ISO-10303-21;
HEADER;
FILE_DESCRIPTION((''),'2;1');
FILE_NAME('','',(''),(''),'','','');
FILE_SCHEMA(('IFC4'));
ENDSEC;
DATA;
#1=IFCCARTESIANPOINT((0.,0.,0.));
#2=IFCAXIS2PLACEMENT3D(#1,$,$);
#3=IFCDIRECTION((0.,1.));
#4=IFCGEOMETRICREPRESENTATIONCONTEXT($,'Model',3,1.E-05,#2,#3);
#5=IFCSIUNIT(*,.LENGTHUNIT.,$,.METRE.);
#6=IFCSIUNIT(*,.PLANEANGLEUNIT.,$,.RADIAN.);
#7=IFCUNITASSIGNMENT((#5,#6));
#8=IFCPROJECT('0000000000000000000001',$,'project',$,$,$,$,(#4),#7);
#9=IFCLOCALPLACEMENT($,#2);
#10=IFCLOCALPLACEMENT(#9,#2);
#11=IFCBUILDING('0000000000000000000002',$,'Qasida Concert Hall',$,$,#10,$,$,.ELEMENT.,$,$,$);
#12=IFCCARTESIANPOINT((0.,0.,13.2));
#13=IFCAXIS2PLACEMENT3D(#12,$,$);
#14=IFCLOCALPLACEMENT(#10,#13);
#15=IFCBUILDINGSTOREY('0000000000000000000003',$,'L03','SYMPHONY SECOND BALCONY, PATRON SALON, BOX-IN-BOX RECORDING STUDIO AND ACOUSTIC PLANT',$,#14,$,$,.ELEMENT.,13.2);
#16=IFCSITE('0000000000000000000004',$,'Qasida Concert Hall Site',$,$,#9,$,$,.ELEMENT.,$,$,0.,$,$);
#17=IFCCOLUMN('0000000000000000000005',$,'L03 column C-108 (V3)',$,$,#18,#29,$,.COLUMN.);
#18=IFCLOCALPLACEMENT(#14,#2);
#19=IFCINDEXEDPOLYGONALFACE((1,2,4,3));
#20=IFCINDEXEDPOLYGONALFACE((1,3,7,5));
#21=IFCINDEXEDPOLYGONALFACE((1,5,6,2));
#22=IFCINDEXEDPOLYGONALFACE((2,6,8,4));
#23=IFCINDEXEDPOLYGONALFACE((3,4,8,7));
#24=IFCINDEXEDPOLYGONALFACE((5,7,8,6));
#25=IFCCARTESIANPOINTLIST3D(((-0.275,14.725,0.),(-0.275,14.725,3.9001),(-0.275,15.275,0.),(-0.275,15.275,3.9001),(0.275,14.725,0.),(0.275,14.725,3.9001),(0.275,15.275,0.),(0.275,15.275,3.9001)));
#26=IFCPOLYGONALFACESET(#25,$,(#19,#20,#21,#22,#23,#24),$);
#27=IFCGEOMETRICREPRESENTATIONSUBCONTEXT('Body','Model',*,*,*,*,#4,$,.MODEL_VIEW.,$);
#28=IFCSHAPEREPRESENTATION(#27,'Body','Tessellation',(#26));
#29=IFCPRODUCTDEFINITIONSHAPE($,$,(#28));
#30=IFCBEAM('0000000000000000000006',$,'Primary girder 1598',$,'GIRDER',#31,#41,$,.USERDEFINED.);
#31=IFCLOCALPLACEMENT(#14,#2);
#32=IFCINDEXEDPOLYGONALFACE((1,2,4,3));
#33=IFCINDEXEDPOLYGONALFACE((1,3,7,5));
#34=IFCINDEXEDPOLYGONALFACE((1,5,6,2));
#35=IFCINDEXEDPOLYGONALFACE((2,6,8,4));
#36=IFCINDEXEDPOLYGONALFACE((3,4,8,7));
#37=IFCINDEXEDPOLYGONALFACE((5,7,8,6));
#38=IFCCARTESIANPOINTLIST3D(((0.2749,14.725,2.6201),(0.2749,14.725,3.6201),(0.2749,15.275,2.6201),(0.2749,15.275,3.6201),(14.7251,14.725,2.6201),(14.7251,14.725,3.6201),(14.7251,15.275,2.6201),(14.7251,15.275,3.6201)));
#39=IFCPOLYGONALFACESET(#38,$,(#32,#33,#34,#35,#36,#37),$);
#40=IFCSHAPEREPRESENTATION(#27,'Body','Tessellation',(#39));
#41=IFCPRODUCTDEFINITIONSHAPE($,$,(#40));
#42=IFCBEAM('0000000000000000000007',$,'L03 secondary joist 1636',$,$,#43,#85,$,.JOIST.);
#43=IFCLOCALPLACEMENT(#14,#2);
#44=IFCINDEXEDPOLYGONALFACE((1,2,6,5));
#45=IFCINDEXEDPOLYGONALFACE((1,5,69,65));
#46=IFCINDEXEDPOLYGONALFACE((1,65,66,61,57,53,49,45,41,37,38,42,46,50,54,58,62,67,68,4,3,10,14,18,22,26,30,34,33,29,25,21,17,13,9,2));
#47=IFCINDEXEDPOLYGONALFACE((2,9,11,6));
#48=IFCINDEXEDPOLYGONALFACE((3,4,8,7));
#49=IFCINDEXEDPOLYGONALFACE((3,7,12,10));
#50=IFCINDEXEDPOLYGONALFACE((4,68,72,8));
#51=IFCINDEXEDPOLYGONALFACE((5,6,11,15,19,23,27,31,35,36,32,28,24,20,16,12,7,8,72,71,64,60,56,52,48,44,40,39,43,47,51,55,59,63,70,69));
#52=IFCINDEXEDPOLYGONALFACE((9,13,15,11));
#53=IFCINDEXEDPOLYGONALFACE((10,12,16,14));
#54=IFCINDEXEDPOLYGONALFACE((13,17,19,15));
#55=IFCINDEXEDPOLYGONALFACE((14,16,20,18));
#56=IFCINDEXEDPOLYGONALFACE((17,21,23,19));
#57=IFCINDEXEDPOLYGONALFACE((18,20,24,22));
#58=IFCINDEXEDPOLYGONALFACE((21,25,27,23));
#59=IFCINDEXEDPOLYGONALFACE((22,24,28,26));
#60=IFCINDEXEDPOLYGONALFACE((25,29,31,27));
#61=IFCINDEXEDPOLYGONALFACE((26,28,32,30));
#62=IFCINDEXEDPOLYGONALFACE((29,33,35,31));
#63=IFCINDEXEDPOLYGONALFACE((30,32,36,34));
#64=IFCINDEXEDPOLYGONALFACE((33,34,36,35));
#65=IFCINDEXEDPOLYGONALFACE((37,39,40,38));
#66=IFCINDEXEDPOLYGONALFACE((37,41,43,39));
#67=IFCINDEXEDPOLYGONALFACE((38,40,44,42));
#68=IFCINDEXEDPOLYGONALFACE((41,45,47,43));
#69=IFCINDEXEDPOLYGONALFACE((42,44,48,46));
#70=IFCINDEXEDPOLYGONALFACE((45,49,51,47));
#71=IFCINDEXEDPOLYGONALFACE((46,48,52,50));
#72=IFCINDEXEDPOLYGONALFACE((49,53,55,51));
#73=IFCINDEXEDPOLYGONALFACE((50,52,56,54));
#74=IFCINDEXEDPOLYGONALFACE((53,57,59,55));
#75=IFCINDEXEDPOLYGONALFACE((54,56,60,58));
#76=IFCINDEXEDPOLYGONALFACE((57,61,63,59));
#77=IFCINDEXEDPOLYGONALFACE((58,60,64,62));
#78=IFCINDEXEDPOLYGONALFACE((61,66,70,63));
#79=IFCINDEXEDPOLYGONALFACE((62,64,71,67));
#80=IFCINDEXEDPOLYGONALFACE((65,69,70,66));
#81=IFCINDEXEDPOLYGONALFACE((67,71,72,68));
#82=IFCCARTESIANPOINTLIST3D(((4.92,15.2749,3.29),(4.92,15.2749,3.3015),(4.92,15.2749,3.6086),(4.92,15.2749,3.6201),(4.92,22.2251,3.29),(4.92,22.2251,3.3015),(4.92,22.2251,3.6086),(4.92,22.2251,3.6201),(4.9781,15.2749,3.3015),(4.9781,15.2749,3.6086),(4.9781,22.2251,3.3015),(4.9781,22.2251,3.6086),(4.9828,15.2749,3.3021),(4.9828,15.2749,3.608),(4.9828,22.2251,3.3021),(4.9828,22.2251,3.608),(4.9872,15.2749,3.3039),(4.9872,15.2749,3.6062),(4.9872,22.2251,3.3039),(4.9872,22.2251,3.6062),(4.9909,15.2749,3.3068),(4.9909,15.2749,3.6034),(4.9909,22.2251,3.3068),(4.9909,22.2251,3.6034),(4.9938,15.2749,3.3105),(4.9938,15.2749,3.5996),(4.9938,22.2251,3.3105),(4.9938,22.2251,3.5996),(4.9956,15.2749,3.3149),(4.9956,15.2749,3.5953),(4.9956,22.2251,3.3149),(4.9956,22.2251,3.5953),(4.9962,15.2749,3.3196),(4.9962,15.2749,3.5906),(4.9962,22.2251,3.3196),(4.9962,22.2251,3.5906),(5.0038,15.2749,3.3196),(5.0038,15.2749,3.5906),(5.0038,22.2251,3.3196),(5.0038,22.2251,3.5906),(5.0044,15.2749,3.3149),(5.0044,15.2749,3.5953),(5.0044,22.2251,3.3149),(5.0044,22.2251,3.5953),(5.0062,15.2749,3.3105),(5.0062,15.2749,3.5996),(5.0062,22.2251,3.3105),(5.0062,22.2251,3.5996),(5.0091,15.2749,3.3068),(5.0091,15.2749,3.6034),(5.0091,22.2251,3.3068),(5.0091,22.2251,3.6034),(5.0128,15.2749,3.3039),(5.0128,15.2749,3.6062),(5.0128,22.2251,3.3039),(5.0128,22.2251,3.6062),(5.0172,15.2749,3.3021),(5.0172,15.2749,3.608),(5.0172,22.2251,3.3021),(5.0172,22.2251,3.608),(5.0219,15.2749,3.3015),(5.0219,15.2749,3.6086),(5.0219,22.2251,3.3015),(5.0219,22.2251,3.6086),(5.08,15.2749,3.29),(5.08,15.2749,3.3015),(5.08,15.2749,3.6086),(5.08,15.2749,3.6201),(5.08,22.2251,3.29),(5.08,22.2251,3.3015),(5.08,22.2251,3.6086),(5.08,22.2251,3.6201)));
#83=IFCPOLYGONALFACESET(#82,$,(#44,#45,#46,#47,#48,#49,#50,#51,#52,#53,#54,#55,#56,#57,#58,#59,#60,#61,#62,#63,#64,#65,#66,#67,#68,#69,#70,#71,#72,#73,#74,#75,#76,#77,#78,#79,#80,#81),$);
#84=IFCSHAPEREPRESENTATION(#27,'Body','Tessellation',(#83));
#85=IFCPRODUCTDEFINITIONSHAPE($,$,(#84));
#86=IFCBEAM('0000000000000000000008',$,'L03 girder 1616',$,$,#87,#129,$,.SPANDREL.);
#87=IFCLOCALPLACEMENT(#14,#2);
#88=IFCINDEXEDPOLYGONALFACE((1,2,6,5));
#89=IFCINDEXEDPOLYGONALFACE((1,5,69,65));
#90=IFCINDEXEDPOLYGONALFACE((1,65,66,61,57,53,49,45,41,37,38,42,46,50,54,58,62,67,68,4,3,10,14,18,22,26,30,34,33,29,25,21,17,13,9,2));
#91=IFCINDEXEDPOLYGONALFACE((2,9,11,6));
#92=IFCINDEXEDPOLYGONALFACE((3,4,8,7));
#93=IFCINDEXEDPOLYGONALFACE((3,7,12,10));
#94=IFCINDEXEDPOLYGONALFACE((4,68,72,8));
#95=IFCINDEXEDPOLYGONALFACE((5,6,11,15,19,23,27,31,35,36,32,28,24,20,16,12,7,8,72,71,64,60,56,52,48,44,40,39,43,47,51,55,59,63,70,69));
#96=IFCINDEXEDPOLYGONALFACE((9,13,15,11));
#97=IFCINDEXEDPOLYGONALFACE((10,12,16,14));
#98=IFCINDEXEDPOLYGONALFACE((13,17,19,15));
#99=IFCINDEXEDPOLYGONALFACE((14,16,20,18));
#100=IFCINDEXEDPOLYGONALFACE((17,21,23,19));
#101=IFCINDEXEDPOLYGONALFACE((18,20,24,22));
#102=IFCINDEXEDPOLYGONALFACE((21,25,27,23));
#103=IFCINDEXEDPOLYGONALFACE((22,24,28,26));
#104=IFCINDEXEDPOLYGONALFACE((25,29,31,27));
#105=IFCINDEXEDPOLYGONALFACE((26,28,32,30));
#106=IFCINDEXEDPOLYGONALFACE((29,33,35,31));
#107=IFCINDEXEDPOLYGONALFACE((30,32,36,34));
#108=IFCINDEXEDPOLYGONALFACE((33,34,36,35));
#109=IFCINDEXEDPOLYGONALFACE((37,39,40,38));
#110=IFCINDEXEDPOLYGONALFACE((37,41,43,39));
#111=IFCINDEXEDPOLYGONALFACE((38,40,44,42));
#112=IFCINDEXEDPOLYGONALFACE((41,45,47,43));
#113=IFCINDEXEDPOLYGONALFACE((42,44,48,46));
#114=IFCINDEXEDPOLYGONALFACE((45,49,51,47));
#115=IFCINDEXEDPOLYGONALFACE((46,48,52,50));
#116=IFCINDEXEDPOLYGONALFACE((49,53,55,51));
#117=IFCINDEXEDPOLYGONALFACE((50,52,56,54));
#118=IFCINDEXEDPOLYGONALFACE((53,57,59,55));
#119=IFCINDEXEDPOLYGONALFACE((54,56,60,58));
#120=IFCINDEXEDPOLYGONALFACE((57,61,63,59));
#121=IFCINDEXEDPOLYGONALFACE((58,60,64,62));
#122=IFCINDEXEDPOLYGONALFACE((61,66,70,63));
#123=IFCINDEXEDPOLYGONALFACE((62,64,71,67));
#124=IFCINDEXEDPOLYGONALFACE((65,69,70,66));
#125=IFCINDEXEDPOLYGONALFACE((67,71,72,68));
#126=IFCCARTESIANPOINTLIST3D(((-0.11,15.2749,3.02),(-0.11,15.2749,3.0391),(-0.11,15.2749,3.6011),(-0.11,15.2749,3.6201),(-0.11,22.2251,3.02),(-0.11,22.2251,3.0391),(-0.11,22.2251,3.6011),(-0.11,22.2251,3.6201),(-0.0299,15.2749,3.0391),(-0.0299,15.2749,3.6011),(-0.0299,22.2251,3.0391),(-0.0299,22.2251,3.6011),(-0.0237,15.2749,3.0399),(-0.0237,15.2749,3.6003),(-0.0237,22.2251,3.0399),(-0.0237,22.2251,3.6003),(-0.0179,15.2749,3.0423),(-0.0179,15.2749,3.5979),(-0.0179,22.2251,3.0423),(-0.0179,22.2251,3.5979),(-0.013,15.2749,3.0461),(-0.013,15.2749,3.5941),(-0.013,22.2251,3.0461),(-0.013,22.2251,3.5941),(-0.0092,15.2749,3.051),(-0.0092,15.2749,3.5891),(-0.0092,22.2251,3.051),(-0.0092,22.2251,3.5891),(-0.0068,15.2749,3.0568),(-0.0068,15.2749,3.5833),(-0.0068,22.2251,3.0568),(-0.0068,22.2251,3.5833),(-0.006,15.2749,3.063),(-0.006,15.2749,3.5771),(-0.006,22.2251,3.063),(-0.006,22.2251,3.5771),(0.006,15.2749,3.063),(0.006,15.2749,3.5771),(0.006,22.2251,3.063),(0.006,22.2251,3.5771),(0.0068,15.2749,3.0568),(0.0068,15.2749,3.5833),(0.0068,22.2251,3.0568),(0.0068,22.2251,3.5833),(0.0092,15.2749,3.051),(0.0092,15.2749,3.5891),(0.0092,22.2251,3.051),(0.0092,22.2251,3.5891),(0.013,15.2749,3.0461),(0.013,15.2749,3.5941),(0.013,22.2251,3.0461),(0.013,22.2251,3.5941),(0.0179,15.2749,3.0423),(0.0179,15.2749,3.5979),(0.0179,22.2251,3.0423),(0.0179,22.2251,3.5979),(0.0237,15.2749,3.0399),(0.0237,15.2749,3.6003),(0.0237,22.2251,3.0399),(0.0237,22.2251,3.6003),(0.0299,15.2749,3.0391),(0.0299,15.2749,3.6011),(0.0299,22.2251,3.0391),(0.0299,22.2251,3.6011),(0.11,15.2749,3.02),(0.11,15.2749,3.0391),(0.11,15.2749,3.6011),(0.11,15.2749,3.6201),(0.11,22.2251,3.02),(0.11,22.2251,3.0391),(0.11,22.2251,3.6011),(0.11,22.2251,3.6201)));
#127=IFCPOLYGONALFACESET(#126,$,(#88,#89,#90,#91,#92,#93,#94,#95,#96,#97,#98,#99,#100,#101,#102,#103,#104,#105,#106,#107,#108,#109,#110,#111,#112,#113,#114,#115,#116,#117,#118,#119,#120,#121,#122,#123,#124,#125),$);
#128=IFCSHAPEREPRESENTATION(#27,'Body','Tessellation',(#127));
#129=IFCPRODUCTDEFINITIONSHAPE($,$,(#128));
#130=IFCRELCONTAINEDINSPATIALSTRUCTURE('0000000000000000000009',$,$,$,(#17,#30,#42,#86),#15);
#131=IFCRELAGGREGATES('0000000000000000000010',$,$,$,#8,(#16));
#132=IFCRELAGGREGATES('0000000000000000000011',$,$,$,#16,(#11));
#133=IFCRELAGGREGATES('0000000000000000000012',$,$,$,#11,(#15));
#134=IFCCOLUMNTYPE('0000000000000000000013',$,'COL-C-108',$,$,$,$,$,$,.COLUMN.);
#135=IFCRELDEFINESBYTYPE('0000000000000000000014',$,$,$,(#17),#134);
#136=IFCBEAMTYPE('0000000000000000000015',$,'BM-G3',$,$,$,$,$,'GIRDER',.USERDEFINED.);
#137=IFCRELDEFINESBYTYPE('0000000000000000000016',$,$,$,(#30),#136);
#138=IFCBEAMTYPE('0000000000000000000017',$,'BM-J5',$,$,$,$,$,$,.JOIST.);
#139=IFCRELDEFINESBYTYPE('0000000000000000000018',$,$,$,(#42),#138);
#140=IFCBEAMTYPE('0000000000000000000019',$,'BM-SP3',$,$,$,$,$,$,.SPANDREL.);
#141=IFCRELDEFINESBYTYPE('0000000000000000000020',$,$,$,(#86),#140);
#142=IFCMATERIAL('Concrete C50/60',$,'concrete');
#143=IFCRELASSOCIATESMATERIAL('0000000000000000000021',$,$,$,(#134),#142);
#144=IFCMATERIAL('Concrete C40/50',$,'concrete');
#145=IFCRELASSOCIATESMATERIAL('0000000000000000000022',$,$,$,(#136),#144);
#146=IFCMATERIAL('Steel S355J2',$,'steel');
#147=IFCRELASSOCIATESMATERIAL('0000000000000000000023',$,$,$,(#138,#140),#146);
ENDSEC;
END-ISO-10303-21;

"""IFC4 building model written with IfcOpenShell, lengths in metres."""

from ifc_helpers import new_model, si_unit, direction, frame, origin, origin_2d, place, context, subcontext, project, spatial, rectangle, i_section, extrude, material, material_profile, profile_set, type_object, element, save


model = new_model("IFC4")

# Units and contexts
model_context = context("Model", 3, precision=1e-05, world=origin(), true_north=direction((0.0, 1.0)))
body_context = subcontext(model_context, "Body", "Model", "MODEL_VIEW")
ifc_project = project(units=[si_unit("LENGTHUNIT", "METRE"), si_unit("PLANEANGLEUNIT", "RADIAN")], contexts=[model_context])

# Site, building, storey
site_placement = place(None, origin())
site = spatial("IfcSite", under=ifc_project, at=site_placement, Name="Qasida Concert Hall Site", CompositionType="ELEMENT", RefElevation=0.0)
building_placement = place(site_placement, origin())
building = spatial("IfcBuilding", under=site, at=building_placement, Name="Qasida Concert Hall", CompositionType="ELEMENT")
storey_placement = place(building_placement, frame((0.0, 0.0, 13.2)))
storey = spatial("IfcBuildingStorey", under=building, at=storey_placement, Name="L03", Description="SYMPHONY SECOND BALCONY, PATRON SALON, BOX-IN-BOX RECORDING STUDIO AND ACOUSTIC PLANT", CompositionType="ELEMENT", Elevation=13.2)

# Column
ifc_material_1 = material(Name="Concrete C50/60", Category="concrete")
ifc_material_profile_1 = material_profile(ifc_material_1, rectangle(XDim=0.55, YDim=0.55, at=origin_2d()), Name="RC 550x550")
ifc_profile_set_1 = profile_set([ifc_material_profile_1], Name="Concrete C50/60")
column_type = type_object("IfcColumnType", Name="COL-C-108", PredefinedType="COLUMN", material=ifc_profile_set_1)
column_placement = place(storey_placement, frame((0.0, 15.0, 0.0), z_axis=(0.0, 0.0, 1.0), x_axis=(1.0, 0.0, 0.0)))
element("IfcColumn", 1, at=column_placement, inside=storey, type_object=column_type, Name="L03 column C-108 (V3)", PredefinedType="COLUMN", context=body_context, shape_type="SweptSolid", body=[
    extrude(rectangle(XDim=0.55, YDim=0.55, at=origin_2d()), origin(), (0.0, 0.0, 1.0), 3.9001),
])

# Beams
ifc_material_2 = material(Name="Concrete C40/50", Category="concrete")
ifc_material_profile_2 = material_profile(ifc_material_2, rectangle(XDim=0.55, YDim=1.0, at=origin_2d()), Name="RC 550x1000")
ifc_profile_set_2 = profile_set([ifc_material_profile_2], Name="Concrete C40/50")
beam_type_1 = type_object("IfcBeamType", Name="BM-G3", ElementType="GIRDER", PredefinedType="USERDEFINED", material=ifc_profile_set_2)
beam_1_placement = place(storey_placement, frame((0.2749, 15.0, 3.1201), z_axis=(1.0, 0.0, 0.0), x_axis=(0.0, 1.0, 0.0)))
element("IfcBeam", 2, at=beam_1_placement, inside=storey, type_object=beam_type_1, Name="Primary girder 1598", ObjectType="GIRDER", PredefinedType="USERDEFINED", context=body_context, shape_type="SweptSolid", body=[
    extrude(rectangle(XDim=0.55, YDim=1.0, at=origin_2d()), origin(), (0.0, 0.0, 1.0), 14.4502),
])
ifc_material_3 = material(Name="Steel S355J2", Category="steel")
ifc_material_profile_3 = material_profile(ifc_material_3, i_section(OverallWidth=0.1599, OverallDepth=0.3301, WebThickness=0.0076, FlangeThickness=0.0115, FilletRadius=0.0181, at=origin_2d()), Name="IPE 330")
ifc_profile_set_3 = profile_set([ifc_material_profile_3], Name="Steel S355J2")
beam_type_2 = type_object("IfcBeamType", Name="BM-J5", PredefinedType="JOIST", material=ifc_profile_set_3)
beam_2_placement = place(storey_placement, frame((5.0, 15.2749, 3.4551), z_axis=(0.0, 1.0, 0.0), x_axis=(-1.0, 0.0, 0.0)))
element("IfcBeam", 3, at=beam_2_placement, inside=storey, type_object=beam_type_2, Name="L03 secondary joist 1636", PredefinedType="JOIST", context=body_context, shape_type="SweptSolid", body=[
    extrude(i_section(OverallWidth=0.1599, OverallDepth=0.3301, WebThickness=0.0076, FlangeThickness=0.0115, FilletRadius=0.0181, at=origin_2d()), origin(), (0.0, 0.0, 1.0), 6.9502),
])
ifc_material_profile_4 = material_profile(ifc_material_3, i_section(OverallWidth=0.22, OverallDepth=0.6001, WebThickness=0.012, FlangeThickness=0.019, FilletRadius=0.0239, at=origin_2d()), Name="IPE 600")
ifc_profile_set_4 = profile_set([ifc_material_profile_4], Name="Steel S355J2")
beam_type_3 = type_object("IfcBeamType", Name="BM-SP3", PredefinedType="SPANDREL", material=ifc_profile_set_4)
beam_3_placement = place(storey_placement, frame((0.0, 15.2749, 3.3201), z_axis=(0.0, 1.0, 0.0), x_axis=(-1.0, 0.0, 0.0)))
element("IfcBeam", 4, at=beam_3_placement, inside=storey, type_object=beam_type_3, Name="L03 girder 1616", PredefinedType="SPANDREL", context=body_context, shape_type="SweptSolid", body=[
    extrude(i_section(OverallWidth=0.22, OverallDepth=0.6001, WebThickness=0.012, FlangeThickness=0.019, FilletRadius=0.0239, at=origin_2d()), origin(), (0.0, 0.0, 1.0), 6.9502),
])

save(model, "model.ifc")
